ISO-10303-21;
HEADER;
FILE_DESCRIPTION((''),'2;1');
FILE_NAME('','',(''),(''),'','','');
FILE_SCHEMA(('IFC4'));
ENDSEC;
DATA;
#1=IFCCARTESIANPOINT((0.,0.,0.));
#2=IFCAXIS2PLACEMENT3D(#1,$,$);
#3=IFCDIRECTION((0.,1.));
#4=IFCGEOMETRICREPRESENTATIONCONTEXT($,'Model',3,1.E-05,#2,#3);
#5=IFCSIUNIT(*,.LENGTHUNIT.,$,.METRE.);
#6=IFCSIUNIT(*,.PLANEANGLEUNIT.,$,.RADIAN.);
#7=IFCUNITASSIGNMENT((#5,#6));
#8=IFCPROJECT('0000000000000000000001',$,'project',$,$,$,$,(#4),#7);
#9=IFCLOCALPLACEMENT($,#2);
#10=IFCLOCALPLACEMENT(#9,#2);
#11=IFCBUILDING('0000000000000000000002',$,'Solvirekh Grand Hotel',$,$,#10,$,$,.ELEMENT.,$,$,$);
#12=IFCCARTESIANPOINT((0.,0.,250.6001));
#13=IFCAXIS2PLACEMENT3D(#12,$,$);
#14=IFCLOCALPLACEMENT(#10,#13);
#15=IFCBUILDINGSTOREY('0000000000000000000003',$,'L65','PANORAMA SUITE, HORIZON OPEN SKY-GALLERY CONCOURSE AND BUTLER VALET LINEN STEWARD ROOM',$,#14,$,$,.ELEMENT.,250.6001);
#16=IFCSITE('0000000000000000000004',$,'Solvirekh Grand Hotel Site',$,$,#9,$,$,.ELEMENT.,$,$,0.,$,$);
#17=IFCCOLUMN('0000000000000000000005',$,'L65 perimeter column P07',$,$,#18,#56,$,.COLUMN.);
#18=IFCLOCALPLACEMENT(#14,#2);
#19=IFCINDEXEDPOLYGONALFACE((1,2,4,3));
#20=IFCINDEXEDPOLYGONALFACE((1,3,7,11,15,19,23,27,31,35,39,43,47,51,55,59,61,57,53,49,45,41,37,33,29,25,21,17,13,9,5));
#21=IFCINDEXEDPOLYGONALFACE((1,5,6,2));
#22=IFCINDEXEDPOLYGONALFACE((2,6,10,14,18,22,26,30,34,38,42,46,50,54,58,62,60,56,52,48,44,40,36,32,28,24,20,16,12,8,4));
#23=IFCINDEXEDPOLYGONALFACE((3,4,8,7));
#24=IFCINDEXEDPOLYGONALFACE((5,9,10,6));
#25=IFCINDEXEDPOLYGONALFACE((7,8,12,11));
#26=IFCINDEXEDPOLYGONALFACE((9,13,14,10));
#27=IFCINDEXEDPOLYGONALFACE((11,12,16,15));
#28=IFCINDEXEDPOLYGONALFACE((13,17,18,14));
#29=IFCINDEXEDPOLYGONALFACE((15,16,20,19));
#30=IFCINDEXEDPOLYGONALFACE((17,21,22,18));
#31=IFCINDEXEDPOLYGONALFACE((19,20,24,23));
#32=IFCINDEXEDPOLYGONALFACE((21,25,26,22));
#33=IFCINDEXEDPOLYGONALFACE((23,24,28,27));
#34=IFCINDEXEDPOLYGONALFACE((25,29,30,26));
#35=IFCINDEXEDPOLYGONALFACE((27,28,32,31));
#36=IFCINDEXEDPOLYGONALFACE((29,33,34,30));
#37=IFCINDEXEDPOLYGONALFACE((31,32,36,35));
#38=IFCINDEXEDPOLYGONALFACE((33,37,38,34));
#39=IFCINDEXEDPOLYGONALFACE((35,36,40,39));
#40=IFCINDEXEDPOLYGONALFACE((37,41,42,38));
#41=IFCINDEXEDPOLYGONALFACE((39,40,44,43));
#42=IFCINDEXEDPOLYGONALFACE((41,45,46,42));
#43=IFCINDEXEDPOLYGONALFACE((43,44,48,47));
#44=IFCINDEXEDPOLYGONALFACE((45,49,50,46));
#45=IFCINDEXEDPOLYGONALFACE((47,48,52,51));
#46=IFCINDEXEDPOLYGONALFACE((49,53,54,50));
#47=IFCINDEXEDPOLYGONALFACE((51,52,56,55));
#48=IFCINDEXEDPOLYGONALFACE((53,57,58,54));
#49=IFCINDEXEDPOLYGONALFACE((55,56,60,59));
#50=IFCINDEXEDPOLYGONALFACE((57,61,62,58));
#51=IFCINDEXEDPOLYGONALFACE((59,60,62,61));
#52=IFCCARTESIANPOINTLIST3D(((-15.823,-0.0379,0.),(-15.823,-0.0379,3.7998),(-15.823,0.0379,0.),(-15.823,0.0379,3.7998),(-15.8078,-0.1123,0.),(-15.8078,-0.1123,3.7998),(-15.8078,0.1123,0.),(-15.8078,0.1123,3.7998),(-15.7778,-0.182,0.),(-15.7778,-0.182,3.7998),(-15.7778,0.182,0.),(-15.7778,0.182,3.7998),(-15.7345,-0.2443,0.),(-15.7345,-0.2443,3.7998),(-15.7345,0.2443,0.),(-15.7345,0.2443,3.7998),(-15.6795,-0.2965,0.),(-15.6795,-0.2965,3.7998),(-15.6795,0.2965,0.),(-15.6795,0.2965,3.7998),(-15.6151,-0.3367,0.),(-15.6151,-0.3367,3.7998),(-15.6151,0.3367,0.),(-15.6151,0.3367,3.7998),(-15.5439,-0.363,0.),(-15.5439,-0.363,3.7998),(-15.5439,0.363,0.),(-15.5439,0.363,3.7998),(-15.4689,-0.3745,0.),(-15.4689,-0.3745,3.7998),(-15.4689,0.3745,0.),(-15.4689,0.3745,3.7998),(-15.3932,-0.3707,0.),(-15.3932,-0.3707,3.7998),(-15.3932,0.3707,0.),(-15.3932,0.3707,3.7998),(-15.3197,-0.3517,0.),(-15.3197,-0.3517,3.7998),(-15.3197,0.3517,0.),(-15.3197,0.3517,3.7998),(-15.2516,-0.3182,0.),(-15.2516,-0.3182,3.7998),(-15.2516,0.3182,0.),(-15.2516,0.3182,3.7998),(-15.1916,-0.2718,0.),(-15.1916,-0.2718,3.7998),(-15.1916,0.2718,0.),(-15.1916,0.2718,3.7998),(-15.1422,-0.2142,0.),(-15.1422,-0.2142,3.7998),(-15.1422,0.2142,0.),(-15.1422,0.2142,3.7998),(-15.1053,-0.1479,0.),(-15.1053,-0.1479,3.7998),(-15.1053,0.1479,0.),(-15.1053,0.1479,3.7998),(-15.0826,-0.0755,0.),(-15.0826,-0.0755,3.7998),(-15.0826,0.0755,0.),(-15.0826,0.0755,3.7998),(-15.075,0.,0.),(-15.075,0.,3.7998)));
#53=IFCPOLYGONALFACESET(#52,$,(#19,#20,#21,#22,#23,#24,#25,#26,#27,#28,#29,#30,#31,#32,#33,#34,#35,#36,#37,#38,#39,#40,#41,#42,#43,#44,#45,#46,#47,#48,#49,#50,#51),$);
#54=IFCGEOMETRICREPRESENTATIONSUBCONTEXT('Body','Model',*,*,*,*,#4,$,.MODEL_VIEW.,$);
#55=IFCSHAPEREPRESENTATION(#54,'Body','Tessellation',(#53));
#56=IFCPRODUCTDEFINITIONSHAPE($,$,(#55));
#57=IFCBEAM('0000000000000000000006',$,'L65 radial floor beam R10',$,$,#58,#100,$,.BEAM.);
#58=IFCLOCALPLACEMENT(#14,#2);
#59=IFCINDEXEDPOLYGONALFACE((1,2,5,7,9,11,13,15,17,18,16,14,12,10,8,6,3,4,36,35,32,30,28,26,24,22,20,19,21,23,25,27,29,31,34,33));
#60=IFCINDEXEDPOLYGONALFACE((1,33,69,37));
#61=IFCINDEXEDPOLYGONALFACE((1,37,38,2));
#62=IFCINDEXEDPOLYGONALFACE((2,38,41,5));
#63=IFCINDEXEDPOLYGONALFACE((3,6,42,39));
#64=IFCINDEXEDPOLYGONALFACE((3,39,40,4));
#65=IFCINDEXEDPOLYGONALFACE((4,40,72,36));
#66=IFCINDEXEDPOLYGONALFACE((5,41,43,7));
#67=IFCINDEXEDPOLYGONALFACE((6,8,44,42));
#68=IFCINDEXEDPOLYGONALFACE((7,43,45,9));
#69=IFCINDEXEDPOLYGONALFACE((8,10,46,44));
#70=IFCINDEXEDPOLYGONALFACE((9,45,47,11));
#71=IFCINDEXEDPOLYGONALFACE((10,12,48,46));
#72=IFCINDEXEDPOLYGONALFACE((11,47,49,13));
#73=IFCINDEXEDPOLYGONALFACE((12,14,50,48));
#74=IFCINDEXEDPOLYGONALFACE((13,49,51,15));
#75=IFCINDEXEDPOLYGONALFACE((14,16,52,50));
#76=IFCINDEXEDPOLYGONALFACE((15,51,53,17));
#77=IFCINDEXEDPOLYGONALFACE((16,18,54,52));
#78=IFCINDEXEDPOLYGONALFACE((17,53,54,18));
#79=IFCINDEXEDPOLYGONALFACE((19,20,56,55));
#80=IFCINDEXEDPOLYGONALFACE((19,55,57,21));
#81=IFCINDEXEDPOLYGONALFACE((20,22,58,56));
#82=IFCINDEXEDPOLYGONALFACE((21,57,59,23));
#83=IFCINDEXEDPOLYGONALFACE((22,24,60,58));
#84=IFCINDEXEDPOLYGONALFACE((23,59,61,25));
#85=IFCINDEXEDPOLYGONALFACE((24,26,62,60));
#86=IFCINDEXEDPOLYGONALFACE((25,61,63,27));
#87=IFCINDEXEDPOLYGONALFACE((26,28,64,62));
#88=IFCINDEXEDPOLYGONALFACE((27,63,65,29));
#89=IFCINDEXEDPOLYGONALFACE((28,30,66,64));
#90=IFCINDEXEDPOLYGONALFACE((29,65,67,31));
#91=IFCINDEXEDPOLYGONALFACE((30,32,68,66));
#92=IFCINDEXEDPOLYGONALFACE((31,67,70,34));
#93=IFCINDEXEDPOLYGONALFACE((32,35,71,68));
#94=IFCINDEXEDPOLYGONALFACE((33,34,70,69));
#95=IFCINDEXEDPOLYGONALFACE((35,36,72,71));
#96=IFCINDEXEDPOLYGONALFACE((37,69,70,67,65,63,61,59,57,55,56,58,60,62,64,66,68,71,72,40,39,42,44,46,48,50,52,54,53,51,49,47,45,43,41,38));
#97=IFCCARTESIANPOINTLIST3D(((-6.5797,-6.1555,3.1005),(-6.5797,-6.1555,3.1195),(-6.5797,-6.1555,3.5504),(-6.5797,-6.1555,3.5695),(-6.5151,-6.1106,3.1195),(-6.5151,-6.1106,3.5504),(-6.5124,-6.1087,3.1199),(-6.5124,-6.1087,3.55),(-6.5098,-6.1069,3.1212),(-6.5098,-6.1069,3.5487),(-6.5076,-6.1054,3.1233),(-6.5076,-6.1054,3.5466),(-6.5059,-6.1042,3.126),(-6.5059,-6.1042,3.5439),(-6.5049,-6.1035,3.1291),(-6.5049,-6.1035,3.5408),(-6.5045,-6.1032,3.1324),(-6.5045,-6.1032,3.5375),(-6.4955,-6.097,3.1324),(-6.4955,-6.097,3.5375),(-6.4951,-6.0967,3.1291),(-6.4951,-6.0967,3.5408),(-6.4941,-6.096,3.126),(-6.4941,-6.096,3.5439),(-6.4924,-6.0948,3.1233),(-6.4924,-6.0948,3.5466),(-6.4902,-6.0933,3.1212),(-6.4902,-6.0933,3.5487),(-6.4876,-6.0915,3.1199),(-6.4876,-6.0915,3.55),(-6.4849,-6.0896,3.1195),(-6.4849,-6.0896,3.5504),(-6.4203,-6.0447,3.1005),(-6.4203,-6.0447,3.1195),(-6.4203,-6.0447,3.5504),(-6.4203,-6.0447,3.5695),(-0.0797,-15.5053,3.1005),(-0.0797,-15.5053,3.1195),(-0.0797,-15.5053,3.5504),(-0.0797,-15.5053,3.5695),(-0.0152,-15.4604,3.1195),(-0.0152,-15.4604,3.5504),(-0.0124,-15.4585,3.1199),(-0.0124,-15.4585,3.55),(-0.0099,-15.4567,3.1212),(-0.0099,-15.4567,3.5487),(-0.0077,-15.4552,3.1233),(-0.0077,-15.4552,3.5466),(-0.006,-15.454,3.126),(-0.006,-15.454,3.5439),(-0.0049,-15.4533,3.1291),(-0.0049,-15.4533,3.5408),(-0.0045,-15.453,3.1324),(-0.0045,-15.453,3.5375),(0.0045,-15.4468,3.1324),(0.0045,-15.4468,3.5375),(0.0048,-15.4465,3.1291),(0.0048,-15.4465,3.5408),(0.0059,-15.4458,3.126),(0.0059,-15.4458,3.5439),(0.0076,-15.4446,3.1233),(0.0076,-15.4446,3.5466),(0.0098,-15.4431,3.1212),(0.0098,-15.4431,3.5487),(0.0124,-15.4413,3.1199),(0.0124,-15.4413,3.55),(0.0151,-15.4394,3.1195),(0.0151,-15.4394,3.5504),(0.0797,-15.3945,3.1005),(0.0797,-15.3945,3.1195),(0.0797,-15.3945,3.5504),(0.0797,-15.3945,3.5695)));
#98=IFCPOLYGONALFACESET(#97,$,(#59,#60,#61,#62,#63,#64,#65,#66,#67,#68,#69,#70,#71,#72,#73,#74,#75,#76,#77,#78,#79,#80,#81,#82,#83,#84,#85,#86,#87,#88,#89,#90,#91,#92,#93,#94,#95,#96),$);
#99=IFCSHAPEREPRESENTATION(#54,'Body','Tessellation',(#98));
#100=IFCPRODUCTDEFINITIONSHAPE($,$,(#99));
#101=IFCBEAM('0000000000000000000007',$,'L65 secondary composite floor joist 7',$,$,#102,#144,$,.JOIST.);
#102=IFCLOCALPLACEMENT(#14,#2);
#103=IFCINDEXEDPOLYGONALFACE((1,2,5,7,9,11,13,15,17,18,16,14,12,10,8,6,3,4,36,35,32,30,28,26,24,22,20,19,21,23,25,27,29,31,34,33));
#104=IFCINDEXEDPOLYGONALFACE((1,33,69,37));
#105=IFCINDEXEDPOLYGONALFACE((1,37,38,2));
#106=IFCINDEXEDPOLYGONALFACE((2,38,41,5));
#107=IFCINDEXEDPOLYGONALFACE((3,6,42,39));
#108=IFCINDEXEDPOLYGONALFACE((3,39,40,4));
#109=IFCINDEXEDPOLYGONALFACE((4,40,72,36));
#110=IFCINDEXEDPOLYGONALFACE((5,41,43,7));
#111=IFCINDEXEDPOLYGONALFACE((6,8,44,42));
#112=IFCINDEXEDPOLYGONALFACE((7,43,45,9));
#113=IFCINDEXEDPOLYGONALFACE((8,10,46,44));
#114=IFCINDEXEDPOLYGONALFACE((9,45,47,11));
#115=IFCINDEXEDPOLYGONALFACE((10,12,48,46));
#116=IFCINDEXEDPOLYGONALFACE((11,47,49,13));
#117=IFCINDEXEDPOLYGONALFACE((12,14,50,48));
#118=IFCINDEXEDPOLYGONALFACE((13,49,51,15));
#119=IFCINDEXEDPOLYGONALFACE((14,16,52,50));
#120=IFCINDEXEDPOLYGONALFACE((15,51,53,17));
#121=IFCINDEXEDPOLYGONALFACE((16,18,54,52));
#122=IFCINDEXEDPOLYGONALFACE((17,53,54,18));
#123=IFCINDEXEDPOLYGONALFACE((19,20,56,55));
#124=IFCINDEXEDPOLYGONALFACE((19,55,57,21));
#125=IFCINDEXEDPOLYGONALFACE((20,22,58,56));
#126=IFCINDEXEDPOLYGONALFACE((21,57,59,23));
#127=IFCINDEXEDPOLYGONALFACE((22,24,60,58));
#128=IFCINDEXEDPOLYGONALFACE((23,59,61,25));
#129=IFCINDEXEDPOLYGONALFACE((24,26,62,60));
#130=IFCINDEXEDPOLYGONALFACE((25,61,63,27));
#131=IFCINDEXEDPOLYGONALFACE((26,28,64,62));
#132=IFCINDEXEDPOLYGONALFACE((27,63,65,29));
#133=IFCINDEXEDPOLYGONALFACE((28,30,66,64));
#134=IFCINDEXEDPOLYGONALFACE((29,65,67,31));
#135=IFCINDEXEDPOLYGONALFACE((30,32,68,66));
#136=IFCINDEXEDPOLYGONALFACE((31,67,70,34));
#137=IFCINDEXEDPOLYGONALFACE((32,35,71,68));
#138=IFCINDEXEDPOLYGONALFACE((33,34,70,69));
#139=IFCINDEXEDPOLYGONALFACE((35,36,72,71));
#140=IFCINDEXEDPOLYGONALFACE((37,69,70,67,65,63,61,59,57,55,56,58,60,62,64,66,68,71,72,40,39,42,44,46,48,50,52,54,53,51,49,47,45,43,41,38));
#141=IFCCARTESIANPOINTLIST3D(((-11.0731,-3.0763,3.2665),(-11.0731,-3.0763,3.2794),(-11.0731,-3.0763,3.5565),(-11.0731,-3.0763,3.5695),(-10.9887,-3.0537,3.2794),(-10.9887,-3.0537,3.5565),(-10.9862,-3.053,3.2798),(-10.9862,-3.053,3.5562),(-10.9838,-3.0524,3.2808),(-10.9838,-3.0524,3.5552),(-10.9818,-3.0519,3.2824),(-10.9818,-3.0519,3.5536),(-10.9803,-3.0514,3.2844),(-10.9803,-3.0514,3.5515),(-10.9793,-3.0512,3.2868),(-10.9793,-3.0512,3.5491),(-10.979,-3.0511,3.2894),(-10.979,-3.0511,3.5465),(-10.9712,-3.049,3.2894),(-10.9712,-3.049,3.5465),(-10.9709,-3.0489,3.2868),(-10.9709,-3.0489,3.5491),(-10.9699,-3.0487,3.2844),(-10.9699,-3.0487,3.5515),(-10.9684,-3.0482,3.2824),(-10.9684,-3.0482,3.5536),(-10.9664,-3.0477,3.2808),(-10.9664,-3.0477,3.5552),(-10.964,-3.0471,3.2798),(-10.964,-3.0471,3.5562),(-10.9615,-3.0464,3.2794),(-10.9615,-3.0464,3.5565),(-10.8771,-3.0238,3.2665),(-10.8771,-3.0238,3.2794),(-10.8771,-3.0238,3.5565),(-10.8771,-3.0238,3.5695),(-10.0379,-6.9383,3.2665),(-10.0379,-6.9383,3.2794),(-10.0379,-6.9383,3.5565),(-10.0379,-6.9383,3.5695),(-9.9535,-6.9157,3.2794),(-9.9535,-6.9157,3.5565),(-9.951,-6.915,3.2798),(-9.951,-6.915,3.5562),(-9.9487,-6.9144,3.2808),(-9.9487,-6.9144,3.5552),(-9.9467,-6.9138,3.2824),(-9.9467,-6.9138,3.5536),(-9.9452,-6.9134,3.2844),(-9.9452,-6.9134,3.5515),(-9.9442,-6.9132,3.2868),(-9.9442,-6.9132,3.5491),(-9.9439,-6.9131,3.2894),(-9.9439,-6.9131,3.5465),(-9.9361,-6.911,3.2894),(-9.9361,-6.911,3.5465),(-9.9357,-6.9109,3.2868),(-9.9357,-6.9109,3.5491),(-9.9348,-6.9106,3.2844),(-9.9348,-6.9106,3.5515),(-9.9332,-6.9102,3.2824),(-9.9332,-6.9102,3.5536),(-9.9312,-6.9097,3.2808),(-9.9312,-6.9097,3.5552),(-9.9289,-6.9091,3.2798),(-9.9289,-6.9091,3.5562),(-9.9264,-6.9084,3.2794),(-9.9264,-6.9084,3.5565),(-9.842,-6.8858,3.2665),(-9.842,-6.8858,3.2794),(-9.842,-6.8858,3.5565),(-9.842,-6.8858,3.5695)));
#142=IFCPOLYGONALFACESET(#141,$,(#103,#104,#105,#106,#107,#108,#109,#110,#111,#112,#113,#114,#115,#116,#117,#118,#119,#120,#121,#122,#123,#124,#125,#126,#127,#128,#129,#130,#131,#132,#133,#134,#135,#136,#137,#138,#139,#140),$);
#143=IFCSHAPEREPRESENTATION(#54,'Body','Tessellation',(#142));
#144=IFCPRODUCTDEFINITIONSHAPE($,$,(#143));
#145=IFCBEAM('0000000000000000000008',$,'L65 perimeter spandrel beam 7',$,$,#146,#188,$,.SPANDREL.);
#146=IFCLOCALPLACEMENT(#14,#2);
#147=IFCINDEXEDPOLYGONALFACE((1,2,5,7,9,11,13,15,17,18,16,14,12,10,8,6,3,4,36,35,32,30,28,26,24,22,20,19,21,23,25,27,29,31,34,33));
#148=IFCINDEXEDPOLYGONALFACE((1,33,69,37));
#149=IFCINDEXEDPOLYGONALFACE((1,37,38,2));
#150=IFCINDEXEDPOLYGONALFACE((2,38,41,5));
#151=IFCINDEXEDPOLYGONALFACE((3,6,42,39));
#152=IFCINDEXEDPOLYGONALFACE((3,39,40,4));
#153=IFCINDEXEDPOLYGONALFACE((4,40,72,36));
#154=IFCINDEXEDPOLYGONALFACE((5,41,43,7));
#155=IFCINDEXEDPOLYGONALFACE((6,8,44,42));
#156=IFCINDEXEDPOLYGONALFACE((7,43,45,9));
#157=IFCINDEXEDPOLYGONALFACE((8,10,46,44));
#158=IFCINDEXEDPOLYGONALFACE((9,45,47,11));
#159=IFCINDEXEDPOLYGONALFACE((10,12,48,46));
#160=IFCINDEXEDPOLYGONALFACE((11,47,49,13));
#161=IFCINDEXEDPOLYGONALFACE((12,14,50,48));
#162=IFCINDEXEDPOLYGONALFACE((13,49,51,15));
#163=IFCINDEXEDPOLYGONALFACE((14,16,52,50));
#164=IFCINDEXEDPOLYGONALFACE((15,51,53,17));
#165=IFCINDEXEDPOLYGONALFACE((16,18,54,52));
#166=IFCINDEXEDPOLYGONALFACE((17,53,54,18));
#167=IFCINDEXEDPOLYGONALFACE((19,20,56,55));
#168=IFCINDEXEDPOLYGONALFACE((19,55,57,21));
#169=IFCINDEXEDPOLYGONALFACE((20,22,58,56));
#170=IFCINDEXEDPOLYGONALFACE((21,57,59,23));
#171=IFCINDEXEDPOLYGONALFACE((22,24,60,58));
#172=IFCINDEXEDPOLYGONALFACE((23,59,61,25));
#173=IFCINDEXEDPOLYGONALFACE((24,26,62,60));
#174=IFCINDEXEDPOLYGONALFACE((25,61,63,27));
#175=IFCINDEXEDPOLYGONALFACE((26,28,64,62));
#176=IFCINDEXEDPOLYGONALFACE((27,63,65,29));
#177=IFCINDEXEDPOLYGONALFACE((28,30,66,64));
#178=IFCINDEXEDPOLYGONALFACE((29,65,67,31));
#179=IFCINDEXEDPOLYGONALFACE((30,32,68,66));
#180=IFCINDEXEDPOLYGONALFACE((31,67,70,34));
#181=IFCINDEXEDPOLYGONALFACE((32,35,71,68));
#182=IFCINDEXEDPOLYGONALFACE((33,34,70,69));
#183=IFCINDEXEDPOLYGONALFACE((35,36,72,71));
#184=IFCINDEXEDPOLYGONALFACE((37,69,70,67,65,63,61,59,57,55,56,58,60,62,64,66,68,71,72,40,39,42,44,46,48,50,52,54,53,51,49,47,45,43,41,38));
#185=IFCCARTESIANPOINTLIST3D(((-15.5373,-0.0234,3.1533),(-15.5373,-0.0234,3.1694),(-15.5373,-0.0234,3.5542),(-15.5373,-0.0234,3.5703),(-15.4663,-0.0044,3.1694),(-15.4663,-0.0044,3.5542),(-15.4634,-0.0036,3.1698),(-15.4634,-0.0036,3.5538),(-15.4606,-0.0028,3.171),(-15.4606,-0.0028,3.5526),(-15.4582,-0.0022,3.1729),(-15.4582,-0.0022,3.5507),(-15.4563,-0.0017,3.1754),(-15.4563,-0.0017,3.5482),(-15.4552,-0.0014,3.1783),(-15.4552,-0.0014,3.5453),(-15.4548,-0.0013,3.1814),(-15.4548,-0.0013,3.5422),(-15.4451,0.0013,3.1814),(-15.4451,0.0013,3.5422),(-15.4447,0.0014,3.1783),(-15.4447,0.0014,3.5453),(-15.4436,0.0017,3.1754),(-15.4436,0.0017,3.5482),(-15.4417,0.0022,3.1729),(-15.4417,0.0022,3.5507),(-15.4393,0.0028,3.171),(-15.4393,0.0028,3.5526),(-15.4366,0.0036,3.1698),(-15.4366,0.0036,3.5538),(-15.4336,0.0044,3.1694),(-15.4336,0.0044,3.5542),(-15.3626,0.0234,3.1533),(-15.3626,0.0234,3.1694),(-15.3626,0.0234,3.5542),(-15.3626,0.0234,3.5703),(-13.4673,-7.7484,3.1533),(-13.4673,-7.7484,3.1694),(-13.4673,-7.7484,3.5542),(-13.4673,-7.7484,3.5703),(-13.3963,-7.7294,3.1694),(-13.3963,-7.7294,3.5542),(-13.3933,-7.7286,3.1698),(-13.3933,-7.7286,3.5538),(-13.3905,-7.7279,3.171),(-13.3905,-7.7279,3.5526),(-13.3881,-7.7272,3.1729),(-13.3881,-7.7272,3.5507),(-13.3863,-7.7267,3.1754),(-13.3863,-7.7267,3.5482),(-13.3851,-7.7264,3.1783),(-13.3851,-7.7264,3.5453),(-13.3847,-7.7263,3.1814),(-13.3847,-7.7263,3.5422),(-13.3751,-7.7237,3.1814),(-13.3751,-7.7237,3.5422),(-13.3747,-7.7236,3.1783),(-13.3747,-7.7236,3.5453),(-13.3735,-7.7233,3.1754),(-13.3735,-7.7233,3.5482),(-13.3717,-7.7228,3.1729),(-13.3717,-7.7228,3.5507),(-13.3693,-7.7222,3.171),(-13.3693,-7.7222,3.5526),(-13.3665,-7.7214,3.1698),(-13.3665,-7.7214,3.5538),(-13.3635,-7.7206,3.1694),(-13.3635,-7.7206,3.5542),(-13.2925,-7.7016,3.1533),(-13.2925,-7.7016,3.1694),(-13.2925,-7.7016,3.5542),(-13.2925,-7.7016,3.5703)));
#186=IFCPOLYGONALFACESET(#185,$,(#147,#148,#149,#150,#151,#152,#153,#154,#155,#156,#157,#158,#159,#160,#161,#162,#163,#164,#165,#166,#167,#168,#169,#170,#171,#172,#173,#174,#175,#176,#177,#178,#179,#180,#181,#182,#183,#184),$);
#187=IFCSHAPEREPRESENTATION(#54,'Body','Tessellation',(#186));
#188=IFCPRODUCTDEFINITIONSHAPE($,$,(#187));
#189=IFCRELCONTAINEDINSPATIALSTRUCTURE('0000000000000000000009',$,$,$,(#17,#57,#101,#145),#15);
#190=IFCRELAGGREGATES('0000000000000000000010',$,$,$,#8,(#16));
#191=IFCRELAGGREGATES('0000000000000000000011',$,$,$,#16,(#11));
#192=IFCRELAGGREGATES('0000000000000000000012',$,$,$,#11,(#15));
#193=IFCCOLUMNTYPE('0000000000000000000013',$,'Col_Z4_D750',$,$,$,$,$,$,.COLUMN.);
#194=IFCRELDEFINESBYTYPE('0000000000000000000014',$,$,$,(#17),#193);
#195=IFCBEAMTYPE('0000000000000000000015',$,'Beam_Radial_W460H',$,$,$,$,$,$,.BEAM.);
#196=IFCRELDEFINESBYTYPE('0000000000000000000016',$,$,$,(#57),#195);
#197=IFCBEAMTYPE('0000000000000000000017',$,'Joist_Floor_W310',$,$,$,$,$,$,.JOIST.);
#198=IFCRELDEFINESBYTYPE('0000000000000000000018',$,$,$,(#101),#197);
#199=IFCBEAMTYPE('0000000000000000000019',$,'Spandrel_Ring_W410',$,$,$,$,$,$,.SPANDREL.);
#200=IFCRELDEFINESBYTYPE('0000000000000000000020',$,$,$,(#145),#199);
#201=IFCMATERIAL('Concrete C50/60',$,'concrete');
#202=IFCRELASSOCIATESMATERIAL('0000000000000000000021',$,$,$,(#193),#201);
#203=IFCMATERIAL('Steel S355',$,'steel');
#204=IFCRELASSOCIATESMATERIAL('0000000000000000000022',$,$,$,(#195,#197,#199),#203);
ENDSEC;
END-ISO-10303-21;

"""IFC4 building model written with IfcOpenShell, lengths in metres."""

from ifc_helpers import new_model, si_unit, direction, frame, origin, origin_2d, place, context, subcontext, project, spatial, circle, i_section, extrude, material, material_profile, profile_set, type_object, element, save


model = new_model("IFC4")

# Units and contexts
model_context = context("Model", 3, precision=1e-05, world=origin(), true_north=direction((0.0, 1.0)))
body_context = subcontext(model_context, "Body", "Model", "MODEL_VIEW")
ifc_project = project(units=[si_unit("LENGTHUNIT", "METRE"), si_unit("PLANEANGLEUNIT", "RADIAN")], contexts=[model_context])

# Site, building, storey
site_placement = place(None, origin())
site = spatial("IfcSite", under=ifc_project, at=site_placement, Name="Solvirekh Grand Hotel Site", CompositionType="ELEMENT", RefElevation=0.0)
building_placement = place(site_placement, origin())
building = spatial("IfcBuilding", under=site, at=building_placement, Name="Solvirekh Grand Hotel", CompositionType="ELEMENT")
storey_placement = place(building_placement, frame((0.0, 0.0, 250.6001)))
storey = spatial("IfcBuildingStorey", under=building, at=storey_placement, Name="L65", Description="PANORAMA SUITE, HORIZON OPEN SKY-GALLERY CONCOURSE AND BUTLER VALET LINEN STEWARD ROOM", CompositionType="ELEMENT", Elevation=250.6001)

# Column
ifc_material_1 = material(Name="Concrete C50/60", Category="concrete")
ifc_material_profile_1 = material_profile(ifc_material_1, circle(Radius=0.375, at=origin_2d()), Name="RC CIRC D750")
ifc_profile_set_1 = profile_set([ifc_material_profile_1], Name="Concrete C50/60")
column_type = type_object("IfcColumnType", Name="Col_Z4_D750", PredefinedType="COLUMN", material=ifc_profile_set_1)
column_placement = place(storey_placement, frame((-15.45, 0.0, 0.0), z_axis=(0.0, 0.0, 1.0), x_axis=(1.0, 0.0, 0.0)))
element("IfcColumn", 1, at=column_placement, inside=storey, type_object=column_type, Name="L65 perimeter column P07", PredefinedType="COLUMN", context=body_context, shape_type="SweptSolid", body=[
    extrude(circle(Radius=0.375, at=origin_2d()), origin(), (0.0, 0.0, 1.0), 3.7998),
])

# Beams
ifc_material_2 = material(Name="Steel S355", Category="steel")
ifc_material_profile_2 = material_profile(ifc_material_2, i_section(OverallWidth=0.1941, OverallDepth=0.469, WebThickness=0.011, FlangeThickness=0.019, FilletRadius=0.0129, at=origin_2d()), Name="W460X106")
ifc_profile_set_2 = profile_set([ifc_material_profile_2], Name="Steel S355")
beam_type_1 = type_object("IfcBeamType", Name="Beam_Radial_W460H", PredefinedType="BEAM", material=ifc_profile_set_2)
beam_1_placement = place(storey_placement, frame((-6.5, -6.1001, 3.335), z_axis=(0.570813, -0.82108, 0.0), x_axis=(0.82108, 0.570813, 0.0)))
element("IfcBeam", 2, at=beam_1_placement, inside=storey, type_object=beam_type_1, Name="L65 radial floor beam R10", PredefinedType="BEAM", context=body_context, shape_type="SweptSolid", body=[
    extrude(i_section(OverallWidth=0.1941, OverallDepth=0.469, WebThickness=0.011, FlangeThickness=0.019, FilletRadius=0.0129, at=origin_2d()), origin(), (0.0, 0.0, 1.0), 11.3872),
])
ifc_material_profile_3 = material_profile(ifc_material_2, i_section(OverallWidth=0.2029, OverallDepth=0.303, WebThickness=0.0081, FlangeThickness=0.0129, FilletRadius=0.01, at=origin_2d()), Name="W310X60")
ifc_profile_set_3 = profile_set([ifc_material_profile_3], Name="Steel S355")
beam_type_2 = type_object("IfcBeamType", Name="Joist_Floor_W310", PredefinedType="JOIST", material=ifc_profile_set_3)
beam_2_placement = place(storey_placement, frame((-10.9751, -3.05, 3.418), z_axis=(0.258894, -0.965906, 0.0), x_axis=(0.965906, 0.258894, 0.0)))
element("IfcBeam", 3, at=beam_2_placement, inside=storey, type_object=beam_type_2, Name="L65 secondary composite floor joist 7", PredefinedType="JOIST", context=body_context, shape_type="SweptSolid", body=[
    extrude(i_section(OverallWidth=0.2029, OverallDepth=0.303, WebThickness=0.0081, FlangeThickness=0.0129, FilletRadius=0.01, at=origin_2d()), origin(), (0.0, 0.0, 1.0), 3.9983),
])
ifc_material_profile_4 = material_profile(ifc_material_2, i_section(OverallWidth=0.1809, OverallDepth=0.417, WebThickness=0.01, FlangeThickness=0.0161, FilletRadius=0.012, at=origin_2d()), Name="W410X85")
ifc_profile_set_4 = profile_set([ifc_material_profile_4], Name="Steel S355")
beam_type_3 = type_object("IfcBeamType", Name="Spandrel_Ring_W410", PredefinedType="SPANDREL", material=ifc_profile_set_4)
beam_3_placement = place(storey_placement, frame((-15.45, 0.0, 3.3618), z_axis=(0.258835, -0.965922, 0.0), x_axis=(0.965922, 0.258835, 0.0)))
element("IfcBeam", 4, at=beam_3_placement, inside=storey, type_object=beam_type_3, Name="L65 perimeter spandrel beam 7", PredefinedType="SPANDREL", context=body_context, shape_type="SweptSolid", body=[
    extrude(i_section(OverallWidth=0.1809, OverallDepth=0.417, WebThickness=0.01, FlangeThickness=0.0161, FilletRadius=0.012, at=origin_2d()), origin(), (0.0, 0.0, 1.0), 7.9976),
])

save(model, "model.ifc")
